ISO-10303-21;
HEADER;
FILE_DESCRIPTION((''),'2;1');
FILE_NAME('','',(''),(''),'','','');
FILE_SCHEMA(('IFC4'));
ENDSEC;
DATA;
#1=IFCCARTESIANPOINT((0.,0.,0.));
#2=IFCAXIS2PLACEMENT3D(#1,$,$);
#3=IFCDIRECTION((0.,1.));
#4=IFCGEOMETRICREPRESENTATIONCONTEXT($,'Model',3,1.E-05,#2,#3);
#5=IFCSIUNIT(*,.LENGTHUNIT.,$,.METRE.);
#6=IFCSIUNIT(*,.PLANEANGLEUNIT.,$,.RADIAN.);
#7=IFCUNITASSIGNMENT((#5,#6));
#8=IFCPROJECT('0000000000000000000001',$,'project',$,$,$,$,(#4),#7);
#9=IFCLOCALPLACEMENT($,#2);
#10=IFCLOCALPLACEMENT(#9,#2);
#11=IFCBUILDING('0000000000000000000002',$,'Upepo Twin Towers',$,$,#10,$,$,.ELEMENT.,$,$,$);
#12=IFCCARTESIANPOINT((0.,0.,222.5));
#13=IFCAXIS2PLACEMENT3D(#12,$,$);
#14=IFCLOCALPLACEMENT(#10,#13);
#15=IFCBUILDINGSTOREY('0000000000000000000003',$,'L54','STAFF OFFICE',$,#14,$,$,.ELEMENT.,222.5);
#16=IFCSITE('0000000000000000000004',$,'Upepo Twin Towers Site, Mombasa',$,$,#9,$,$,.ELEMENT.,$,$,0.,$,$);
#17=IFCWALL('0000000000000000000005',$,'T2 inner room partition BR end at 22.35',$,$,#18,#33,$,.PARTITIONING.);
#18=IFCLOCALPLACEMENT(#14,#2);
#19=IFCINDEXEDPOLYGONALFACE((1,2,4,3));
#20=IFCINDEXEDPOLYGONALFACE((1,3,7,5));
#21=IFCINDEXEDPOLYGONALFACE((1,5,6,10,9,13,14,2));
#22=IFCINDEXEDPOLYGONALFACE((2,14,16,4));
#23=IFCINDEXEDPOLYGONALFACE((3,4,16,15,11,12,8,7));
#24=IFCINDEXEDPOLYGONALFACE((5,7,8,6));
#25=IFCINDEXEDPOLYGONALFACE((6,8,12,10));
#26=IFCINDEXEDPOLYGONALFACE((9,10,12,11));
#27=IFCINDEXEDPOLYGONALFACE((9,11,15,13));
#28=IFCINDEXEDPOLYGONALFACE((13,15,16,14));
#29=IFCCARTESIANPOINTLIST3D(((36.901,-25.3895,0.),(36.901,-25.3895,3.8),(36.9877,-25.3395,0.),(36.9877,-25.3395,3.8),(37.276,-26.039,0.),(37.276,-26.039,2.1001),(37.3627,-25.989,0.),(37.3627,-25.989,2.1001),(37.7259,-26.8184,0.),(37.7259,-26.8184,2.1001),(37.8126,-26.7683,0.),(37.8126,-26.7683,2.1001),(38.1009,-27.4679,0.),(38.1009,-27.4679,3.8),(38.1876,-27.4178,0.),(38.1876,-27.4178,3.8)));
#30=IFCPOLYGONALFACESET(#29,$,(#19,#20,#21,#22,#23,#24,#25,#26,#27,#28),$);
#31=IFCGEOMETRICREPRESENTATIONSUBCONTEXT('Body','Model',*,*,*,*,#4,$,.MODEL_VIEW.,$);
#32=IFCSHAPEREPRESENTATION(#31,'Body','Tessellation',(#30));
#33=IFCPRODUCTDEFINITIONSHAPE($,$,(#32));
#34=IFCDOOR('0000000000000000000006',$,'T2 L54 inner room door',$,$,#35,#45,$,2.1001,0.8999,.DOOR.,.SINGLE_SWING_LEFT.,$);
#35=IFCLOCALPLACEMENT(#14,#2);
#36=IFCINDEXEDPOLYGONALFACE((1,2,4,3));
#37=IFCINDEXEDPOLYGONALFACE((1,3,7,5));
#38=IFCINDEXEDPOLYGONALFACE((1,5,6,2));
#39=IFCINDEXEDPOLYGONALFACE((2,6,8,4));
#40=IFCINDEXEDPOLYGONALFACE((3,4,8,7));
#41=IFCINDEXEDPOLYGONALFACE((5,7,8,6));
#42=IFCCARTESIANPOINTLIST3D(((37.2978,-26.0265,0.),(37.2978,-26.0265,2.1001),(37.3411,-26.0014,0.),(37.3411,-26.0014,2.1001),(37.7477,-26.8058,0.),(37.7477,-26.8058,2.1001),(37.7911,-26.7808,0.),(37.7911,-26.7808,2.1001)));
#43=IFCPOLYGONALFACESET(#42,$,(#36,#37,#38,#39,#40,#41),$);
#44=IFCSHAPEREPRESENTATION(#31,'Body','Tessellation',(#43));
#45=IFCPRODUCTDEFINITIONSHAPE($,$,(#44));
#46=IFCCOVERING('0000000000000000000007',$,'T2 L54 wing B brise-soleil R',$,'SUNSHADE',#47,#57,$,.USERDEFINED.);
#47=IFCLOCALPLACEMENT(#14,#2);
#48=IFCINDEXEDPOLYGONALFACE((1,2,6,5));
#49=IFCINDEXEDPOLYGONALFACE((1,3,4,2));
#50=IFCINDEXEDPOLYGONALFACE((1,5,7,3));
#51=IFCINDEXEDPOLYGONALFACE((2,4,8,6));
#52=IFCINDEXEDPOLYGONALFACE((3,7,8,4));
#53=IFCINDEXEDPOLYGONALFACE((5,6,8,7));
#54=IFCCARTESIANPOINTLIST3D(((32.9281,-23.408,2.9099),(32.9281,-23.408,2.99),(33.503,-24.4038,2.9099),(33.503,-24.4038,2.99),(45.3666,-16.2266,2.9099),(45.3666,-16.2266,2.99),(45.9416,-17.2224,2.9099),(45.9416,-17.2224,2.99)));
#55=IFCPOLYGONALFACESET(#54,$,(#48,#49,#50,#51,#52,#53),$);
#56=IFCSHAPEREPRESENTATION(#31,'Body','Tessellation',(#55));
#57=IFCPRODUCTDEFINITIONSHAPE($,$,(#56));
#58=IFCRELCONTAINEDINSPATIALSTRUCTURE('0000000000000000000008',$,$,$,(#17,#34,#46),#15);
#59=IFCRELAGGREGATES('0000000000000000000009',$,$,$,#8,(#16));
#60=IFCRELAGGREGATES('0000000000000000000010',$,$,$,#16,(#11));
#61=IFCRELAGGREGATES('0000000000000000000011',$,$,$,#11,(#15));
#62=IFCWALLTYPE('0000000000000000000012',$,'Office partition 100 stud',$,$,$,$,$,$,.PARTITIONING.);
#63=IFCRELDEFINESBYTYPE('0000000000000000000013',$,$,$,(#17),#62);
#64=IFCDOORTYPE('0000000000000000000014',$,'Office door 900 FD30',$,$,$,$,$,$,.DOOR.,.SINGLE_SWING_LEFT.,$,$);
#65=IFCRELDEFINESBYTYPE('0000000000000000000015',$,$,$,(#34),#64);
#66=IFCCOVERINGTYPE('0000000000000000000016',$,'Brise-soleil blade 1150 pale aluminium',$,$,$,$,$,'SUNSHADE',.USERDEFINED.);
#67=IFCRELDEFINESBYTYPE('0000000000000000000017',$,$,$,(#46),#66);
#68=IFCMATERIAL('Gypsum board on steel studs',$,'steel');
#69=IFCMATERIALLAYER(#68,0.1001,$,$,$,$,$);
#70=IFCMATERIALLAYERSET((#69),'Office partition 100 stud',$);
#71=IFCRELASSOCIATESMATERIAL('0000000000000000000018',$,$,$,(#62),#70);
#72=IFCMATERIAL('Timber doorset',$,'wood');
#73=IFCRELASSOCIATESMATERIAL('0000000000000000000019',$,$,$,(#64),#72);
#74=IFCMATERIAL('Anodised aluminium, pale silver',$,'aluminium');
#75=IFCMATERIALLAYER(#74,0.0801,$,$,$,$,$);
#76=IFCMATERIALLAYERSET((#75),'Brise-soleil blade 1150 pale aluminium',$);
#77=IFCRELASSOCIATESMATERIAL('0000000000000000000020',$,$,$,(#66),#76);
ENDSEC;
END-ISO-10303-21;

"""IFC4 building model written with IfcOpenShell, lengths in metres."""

from ifc_helpers import new_model, si_unit, direction, frame, frame_2d, origin, origin_2d, place, context, subcontext, project, spatial, rectangle, extrude, material, layer, layer_set, type_object, element, fill, save


model = new_model("IFC4")

# Units and contexts
model_context = context("Model", 3, precision=1e-05, world=origin(), true_north=direction((0.0, 1.0)))
body_context = subcontext(model_context, "Body", "Model", "MODEL_VIEW")
ifc_project = project(units=[si_unit("LENGTHUNIT", "METRE"), si_unit("PLANEANGLEUNIT", "RADIAN")], contexts=[model_context])

# Site, building, storey
site_placement = place(None, origin())
site = spatial("IfcSite", under=ifc_project, at=site_placement, Name="Upepo Twin Towers Site, Mombasa", CompositionType="ELEMENT", RefElevation=0.0)
building_placement = place(site_placement, origin())
building = spatial("IfcBuilding", under=site, at=building_placement, Name="Upepo Twin Towers", CompositionType="ELEMENT")
storey_placement = place(building_placement, frame((0.0, 0.0, 222.5)))
storey = spatial("IfcBuildingStorey", under=building, at=storey_placement, Name="L54", Description="STAFF OFFICE", CompositionType="ELEMENT", Elevation=222.5)

# Shared definitions
ifc_material_1 = material(Name="Gypsum board on steel studs", Category="steel")
ifc_layer_1 = layer(ifc_material_1, 0.1001)
ifc_layer_set_1 = layer_set([ifc_layer_1], Name="Office partition 100 stud")
wall_type_1 = type_object("IfcWallType", Name="Office partition 100 stud", PredefinedType="PARTITIONING", material=ifc_layer_set_1)

# Shared definitions
ifc_material_2 = material(Name="Timber doorset", Category="wood")
door_type = type_object("IfcDoorType", Name="Office door 900 FD30", OperationType="SINGLE_SWING_LEFT", PredefinedType="DOOR", material=ifc_material_2)

# Wall, opening, door
wall_1_placement = place(storey_placement, frame((38.1443, -27.4429, 0.0), z_axis=(0.0, 0.0, 1.0), x_axis=(-0.500001, 0.866025, 0.0)))
wall_1 = element("IfcWall", 1, at=wall_1_placement, inside=storey, type_object=wall_type_1, Name="T2 inner room partition BR end at 22.35", PredefinedType="PARTITIONING", context=body_context, shape_type="SweptSolid", body=[
    extrude(rectangle(XDim=2.3999, YDim=0.1001, at=frame_2d((1.2, 0.0))), origin(), (0.0, 0.0, 1.0), 3.8),
])
opening_1_placement = place(wall_1_placement, frame((0.75, 0.0, 0.0)))
opening_1 = element("IfcOpeningElement", 2, at=opening_1_placement, cuts=wall_1, PredefinedType="OPENING", context=body_context, shape_type="SweptSolid", body=[
    extrude(rectangle(XDim=0.8999, YDim=2.1001, at=frame_2d((0.45, 1.05))), frame((0.0, 0.0601, 0.0), z_axis=(0.0, -1.0, 0.0), x_axis=(1.0, 0.0, 0.0)), (0.0, 0.0, 1.0), 0.1201),
])
door_1_placement = place(opening_1_placement, origin())
door_1 = element("IfcDoor", 3, at=door_1_placement, inside=storey, type_object=door_type, Name="T2 L54 inner room door", OperationType="SINGLE_SWING_LEFT", OverallHeight=2.1001, OverallWidth=0.8999, PredefinedType="DOOR", context=body_context, shape_type="SweptSolid", body=[
    extrude(rectangle(XDim=0.8999, YDim=2.1001, at=frame_2d((0.45, 1.05))), frame((0.0, 0.0249, 0.0), z_axis=(0.0, -1.0, 0.0), x_axis=(1.0, 0.0, 0.0)), (0.0, 0.0, 1.0), 0.05),
])
fill(opening_1, door_1)

# Covering
ifc_material_3 = material(Name="Anodised aluminium, pale silver", Category="aluminium")
ifc_layer_2 = layer(ifc_material_3, 0.0801)
ifc_layer_set_2 = layer_set([ifc_layer_2], Name="Brise-soleil blade 1150 pale aluminium")
covering_type = type_object("IfcCoveringType", Name="Brise-soleil blade 1150 pale aluminium", ElementType="SUNSHADE", PredefinedType="USERDEFINED", material=ifc_layer_set_2)
covering_placement = place(storey_placement, frame((39.4348, -20.3152, 2.9099), z_axis=(0.0, 0.0, 1.0), x_axis=(-0.866025, -0.5, 0.0)))
element("IfcCovering", 4, at=covering_placement, inside=storey, type_object=covering_type, Name="T2 L54 wing B brise-soleil R", ObjectType="SUNSHADE", PredefinedType="USERDEFINED", context=body_context, shape_type="SweptSolid", body=[
    extrude(rectangle(XDim=14.3628, YDim=1.1499, at=origin_2d()), origin(), (0.0, 0.0, 1.0), 0.0801),
])

save(model, "model.ifc")
